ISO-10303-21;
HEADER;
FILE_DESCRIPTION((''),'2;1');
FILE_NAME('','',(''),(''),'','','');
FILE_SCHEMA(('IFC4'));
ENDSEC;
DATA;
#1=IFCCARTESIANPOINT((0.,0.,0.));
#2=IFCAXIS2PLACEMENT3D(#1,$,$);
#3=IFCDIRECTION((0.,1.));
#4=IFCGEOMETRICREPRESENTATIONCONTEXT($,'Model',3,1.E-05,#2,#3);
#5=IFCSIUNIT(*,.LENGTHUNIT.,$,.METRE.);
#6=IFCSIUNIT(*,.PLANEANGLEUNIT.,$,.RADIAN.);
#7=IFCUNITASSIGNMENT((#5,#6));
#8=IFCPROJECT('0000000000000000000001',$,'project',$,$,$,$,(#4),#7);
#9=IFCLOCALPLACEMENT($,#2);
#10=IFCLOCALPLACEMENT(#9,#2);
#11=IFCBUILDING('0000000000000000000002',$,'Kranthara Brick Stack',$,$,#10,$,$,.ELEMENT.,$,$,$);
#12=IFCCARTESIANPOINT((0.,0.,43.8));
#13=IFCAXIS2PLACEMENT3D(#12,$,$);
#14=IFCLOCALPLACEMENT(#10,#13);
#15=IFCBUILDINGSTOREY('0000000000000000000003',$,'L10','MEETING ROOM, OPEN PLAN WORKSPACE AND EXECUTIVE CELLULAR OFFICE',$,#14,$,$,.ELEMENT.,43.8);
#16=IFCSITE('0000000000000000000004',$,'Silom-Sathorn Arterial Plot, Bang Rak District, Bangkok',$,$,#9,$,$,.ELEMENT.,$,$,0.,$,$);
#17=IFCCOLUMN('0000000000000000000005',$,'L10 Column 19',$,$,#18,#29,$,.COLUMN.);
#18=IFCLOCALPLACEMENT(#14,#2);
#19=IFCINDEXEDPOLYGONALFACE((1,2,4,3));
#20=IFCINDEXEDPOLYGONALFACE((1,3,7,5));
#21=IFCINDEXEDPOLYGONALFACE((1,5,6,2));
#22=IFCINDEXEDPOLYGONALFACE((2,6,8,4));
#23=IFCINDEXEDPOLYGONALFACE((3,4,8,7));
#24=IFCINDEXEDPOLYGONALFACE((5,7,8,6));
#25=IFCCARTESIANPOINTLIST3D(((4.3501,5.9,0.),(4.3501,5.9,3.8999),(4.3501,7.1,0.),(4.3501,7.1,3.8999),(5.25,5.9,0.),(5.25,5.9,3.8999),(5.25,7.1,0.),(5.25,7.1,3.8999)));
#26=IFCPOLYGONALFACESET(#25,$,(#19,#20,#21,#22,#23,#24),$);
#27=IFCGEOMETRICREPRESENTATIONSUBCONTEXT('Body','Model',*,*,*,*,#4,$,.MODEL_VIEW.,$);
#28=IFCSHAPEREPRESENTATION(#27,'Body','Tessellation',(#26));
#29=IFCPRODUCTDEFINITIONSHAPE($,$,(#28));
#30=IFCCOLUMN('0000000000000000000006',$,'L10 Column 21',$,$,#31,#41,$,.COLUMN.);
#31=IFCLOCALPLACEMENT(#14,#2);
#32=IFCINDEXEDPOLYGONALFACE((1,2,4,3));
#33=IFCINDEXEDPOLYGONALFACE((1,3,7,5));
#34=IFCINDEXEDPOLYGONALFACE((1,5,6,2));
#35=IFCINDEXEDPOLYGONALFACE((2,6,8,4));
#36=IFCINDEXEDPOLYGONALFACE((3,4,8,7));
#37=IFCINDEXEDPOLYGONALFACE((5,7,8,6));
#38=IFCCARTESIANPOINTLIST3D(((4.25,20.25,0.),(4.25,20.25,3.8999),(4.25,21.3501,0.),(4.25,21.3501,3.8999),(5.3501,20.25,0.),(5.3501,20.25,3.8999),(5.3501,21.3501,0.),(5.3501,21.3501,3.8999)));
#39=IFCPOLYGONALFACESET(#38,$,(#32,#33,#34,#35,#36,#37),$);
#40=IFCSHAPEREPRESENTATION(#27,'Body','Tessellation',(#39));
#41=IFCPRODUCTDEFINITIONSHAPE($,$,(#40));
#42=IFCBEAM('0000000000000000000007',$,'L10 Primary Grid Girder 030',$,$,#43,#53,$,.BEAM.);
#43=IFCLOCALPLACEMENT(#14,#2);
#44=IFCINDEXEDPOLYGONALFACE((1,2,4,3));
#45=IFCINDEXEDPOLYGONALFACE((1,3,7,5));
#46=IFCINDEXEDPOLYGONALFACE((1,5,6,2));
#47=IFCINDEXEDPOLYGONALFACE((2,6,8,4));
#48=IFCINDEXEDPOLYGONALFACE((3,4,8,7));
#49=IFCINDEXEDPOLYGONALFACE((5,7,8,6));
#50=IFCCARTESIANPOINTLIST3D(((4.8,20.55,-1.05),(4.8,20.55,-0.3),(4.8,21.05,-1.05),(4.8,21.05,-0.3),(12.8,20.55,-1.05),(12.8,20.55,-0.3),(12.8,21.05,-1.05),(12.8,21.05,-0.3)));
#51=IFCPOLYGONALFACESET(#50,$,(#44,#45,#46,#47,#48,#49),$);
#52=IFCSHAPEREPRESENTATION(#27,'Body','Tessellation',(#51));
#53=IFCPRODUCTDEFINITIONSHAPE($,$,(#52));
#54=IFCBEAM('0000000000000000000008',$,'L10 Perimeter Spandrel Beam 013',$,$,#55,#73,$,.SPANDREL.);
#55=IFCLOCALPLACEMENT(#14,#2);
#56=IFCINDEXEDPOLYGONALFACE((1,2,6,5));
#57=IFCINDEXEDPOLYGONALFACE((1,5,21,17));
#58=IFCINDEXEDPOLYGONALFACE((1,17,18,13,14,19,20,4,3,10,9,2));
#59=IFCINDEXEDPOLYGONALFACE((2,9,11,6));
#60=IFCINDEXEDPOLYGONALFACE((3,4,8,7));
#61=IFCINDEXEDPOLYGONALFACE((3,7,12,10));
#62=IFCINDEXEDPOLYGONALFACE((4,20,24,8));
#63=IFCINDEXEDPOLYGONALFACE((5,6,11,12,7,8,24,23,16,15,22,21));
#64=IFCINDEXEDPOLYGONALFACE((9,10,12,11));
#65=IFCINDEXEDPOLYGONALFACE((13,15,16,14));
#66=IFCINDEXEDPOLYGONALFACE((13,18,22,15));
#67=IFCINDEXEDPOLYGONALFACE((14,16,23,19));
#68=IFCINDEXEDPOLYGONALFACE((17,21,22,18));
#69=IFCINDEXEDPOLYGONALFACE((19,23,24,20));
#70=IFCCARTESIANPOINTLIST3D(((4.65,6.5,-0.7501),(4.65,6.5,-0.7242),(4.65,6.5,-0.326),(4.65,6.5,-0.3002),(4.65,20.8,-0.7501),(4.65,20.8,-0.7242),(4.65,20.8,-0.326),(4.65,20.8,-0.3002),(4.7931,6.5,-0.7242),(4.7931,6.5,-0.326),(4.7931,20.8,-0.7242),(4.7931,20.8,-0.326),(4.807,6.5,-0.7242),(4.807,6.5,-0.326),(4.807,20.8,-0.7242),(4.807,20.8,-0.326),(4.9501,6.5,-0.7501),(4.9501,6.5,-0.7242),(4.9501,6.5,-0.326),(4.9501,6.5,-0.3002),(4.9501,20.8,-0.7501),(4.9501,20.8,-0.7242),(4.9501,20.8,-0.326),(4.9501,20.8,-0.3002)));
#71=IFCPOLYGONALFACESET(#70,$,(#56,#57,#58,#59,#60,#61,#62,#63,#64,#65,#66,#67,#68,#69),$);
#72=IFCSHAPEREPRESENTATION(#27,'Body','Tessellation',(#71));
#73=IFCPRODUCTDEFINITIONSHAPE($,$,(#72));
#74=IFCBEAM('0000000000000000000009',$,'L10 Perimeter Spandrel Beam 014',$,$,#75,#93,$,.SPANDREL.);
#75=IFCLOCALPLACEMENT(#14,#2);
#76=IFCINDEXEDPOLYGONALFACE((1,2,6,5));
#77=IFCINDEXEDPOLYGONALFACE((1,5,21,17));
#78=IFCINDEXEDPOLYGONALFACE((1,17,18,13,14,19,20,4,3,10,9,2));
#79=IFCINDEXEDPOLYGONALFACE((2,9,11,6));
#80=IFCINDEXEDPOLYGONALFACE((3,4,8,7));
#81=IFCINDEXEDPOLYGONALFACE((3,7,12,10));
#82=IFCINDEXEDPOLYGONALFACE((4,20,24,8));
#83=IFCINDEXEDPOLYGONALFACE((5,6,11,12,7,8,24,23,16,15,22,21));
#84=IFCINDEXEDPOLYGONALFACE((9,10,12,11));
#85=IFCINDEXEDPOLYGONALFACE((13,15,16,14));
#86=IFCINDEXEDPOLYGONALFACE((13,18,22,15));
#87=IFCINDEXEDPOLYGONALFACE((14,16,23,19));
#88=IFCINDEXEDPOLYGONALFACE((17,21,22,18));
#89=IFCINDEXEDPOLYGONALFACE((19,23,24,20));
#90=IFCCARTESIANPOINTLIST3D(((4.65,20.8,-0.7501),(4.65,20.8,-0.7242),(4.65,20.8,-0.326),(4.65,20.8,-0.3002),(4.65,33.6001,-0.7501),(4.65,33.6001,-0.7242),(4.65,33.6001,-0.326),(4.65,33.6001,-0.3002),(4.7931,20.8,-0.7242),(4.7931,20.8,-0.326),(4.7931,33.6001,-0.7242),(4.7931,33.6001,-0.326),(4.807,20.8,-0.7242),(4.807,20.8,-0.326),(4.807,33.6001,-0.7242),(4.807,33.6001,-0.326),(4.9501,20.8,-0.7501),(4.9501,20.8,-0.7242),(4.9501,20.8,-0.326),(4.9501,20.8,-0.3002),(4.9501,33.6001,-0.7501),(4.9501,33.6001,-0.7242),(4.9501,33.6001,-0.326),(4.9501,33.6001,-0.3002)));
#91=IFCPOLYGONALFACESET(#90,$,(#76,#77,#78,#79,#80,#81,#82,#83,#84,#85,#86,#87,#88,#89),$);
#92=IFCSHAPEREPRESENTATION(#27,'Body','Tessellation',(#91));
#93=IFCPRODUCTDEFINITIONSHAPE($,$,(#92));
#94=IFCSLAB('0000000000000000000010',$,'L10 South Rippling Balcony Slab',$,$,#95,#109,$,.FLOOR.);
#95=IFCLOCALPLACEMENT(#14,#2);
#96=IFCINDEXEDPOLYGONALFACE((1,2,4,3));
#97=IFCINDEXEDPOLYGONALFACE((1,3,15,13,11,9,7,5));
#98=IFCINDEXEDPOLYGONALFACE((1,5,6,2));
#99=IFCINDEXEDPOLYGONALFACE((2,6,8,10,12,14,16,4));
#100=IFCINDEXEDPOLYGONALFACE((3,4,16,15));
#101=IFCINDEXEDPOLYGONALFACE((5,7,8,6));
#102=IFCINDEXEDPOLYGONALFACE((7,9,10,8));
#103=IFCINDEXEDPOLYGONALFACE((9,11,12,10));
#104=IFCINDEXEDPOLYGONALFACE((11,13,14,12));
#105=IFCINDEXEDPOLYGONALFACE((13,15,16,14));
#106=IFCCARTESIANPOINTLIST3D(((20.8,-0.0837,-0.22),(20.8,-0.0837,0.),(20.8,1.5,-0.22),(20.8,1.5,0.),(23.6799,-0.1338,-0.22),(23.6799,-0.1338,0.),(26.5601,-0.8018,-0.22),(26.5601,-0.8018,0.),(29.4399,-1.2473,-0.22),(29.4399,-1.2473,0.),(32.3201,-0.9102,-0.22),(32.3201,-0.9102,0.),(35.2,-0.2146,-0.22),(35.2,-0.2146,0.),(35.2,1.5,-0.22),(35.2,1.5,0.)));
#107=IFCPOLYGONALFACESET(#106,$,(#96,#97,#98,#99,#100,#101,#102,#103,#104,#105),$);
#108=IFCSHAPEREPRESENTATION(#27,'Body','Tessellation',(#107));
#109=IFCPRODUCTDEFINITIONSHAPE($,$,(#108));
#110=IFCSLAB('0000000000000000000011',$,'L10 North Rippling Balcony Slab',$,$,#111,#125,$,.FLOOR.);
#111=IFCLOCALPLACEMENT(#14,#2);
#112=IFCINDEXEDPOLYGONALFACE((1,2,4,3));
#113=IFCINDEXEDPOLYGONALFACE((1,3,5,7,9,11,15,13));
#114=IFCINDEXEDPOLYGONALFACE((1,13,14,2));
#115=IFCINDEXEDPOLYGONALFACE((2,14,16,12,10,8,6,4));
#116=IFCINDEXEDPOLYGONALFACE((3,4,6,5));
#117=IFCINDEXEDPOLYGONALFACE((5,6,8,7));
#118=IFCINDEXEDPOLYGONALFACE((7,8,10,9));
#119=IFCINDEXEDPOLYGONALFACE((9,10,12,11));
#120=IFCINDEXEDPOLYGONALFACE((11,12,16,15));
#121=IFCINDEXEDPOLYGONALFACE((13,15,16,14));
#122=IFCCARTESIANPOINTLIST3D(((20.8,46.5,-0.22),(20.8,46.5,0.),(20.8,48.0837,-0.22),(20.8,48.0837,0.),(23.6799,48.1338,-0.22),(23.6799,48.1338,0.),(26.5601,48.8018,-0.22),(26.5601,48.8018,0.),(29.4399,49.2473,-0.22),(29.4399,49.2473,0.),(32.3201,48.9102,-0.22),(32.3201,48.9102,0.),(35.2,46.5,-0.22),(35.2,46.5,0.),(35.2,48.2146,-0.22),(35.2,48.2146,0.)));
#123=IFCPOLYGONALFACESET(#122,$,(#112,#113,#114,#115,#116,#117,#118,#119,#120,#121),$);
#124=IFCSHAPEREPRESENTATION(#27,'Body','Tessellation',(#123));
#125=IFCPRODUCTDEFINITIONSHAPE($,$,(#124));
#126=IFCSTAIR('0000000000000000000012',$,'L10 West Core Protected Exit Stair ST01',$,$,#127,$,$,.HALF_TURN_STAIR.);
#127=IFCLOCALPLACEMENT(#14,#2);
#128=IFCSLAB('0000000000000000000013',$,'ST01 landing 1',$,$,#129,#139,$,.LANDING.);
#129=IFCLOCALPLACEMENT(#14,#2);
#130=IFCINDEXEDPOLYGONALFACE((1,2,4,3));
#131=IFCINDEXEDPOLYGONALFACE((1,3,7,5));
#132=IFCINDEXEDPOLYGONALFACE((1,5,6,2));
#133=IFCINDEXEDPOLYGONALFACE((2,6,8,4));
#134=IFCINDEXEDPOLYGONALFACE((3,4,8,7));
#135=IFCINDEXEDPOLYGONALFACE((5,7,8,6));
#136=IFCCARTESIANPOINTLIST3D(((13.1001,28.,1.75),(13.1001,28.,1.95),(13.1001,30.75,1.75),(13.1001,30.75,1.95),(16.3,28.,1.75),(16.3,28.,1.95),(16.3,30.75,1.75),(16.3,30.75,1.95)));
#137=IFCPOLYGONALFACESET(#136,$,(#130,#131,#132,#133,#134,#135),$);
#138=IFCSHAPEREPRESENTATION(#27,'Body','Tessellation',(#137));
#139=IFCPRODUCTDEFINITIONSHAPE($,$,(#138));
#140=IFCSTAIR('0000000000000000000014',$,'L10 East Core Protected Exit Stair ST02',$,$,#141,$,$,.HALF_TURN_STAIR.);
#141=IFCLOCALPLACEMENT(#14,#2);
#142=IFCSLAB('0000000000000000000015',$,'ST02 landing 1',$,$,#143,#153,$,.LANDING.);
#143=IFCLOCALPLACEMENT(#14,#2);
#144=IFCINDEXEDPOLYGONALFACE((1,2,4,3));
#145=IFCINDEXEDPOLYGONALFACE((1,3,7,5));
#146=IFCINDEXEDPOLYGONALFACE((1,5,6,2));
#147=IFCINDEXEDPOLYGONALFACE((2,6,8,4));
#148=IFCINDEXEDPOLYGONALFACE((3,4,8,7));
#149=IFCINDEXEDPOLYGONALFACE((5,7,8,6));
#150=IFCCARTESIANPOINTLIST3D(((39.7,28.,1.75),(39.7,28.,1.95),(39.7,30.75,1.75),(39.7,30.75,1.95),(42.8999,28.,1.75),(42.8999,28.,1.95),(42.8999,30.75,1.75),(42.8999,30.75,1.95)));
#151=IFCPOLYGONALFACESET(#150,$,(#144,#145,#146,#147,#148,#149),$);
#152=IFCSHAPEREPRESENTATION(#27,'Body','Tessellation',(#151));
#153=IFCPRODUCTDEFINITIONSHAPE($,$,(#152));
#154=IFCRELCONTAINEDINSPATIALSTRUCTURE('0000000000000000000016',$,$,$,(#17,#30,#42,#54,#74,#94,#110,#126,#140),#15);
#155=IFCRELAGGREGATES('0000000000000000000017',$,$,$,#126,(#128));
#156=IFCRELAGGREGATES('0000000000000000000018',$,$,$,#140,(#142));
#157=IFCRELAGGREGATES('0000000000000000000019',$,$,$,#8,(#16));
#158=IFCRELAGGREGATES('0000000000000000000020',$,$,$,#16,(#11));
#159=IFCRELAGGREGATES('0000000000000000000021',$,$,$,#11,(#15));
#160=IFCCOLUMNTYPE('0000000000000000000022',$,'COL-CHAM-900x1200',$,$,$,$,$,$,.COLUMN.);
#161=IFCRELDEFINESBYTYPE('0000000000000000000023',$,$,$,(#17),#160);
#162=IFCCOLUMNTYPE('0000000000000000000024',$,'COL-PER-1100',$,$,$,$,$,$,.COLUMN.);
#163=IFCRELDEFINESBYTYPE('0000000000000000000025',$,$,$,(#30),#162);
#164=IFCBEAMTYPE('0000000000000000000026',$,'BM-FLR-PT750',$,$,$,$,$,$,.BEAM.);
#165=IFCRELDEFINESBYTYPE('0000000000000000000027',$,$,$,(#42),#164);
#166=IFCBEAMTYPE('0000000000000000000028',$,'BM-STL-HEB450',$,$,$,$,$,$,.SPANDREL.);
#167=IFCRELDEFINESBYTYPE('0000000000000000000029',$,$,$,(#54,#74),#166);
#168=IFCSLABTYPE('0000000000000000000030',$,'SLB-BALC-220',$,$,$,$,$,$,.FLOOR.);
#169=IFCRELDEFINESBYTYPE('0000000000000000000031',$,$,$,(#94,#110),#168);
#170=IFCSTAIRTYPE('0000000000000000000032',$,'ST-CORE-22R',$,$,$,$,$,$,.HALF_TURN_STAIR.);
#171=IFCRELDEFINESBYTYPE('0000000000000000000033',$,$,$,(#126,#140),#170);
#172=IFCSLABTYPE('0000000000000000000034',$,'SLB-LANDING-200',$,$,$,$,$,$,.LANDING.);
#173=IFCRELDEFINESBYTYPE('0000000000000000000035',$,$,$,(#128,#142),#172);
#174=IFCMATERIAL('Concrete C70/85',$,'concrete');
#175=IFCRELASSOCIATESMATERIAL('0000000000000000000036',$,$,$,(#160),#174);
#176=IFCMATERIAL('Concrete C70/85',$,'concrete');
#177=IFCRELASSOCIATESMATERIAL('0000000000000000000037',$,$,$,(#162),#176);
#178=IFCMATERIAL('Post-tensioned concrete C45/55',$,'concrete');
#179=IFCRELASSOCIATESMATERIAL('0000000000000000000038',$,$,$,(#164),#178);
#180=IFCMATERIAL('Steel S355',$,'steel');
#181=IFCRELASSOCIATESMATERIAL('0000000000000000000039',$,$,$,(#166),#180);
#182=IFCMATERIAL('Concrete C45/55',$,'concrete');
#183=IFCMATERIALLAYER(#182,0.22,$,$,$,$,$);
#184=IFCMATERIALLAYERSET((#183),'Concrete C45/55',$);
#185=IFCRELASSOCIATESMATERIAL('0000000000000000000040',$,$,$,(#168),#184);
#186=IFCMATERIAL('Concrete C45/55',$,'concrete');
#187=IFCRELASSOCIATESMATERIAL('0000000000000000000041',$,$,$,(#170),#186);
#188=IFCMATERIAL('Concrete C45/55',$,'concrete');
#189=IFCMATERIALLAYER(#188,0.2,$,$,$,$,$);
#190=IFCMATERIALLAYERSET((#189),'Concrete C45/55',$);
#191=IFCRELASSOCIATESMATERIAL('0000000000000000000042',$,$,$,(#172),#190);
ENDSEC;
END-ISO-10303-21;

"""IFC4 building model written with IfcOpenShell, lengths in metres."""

from ifc_helpers import new_model, si_unit, direction, frame, origin, origin_2d, place, context, subcontext, project, spatial, polyline, rectangle, i_section, outline, extrude, material, layer, layer_set, material_profile, profile_set, type_object, element, aggregate, save


model = new_model("IFC4")

# Units and contexts
model_context = context("Model", 3, precision=1e-05, world=origin(), true_north=direction((0.0, 1.0)))
body_context = subcontext(model_context, "Body", "Model", "MODEL_VIEW")
ifc_project = project(units=[si_unit("LENGTHUNIT", "METRE"), si_unit("PLANEANGLEUNIT", "RADIAN")], contexts=[model_context])

# Site, building, storey
site_placement = place(None, origin())
site = spatial("IfcSite", under=ifc_project, at=site_placement, Name="Silom-Sathorn Arterial Plot, Bang Rak District, Bangkok", CompositionType="ELEMENT", RefElevation=0.0)
building_placement = place(site_placement, origin())
building = spatial("IfcBuilding", under=site, at=building_placement, Name="Kranthara Brick Stack", CompositionType="ELEMENT")
storey_placement = place(building_placement, frame((0.0, 0.0, 43.8)))
storey = spatial("IfcBuildingStorey", under=building, at=storey_placement, Name="L10", Description="MEETING ROOM, OPEN PLAN WORKSPACE AND EXECUTIVE CELLULAR OFFICE", CompositionType="ELEMENT", Elevation=43.8)

# Columns
ifc_material_1 = material(Name="Concrete C70/85", Category="concrete")
ifc_material_profile_1 = material_profile(ifc_material_1, rectangle(XDim=0.8999, YDim=1.2, at=origin_2d()), Name="RC 900x1200")
ifc_profile_set_1 = profile_set([ifc_material_profile_1], Name="Concrete C70/85")
column_type_1 = type_object("IfcColumnType", Name="COL-CHAM-900x1200", PredefinedType="COLUMN", material=ifc_profile_set_1)
column_1_placement = place(storey_placement, frame((4.8, 6.5, 0.0), z_axis=(0.0, 0.0, 1.0), x_axis=(1.0, 0.0, 0.0)))
element("IfcColumn", 1, at=column_1_placement, inside=storey, type_object=column_type_1, Name="L10 Column 19", PredefinedType="COLUMN", context=body_context, shape_type="SweptSolid", body=[
    extrude(rectangle(XDim=0.8999, YDim=1.2, at=origin_2d()), origin(), (0.0, 0.0, 1.0), 3.8999),
])
ifc_material_2 = material(Name="Concrete C70/85", Category="concrete")
ifc_material_profile_2 = material_profile(ifc_material_2, rectangle(XDim=1.1001, YDim=1.1001, at=origin_2d()), Name="RC 1100x1100")
ifc_profile_set_2 = profile_set([ifc_material_profile_2], Name="Concrete C70/85")
column_type_2 = type_object("IfcColumnType", Name="COL-PER-1100", PredefinedType="COLUMN", material=ifc_profile_set_2)
column_2_placement = place(storey_placement, frame((4.8, 20.8, 0.0), z_axis=(0.0, 0.0, 1.0), x_axis=(1.0, 0.0, 0.0)))
element("IfcColumn", 2, at=column_2_placement, inside=storey, type_object=column_type_2, Name="L10 Column 21", PredefinedType="COLUMN", context=body_context, shape_type="SweptSolid", body=[
    extrude(rectangle(XDim=1.1001, YDim=1.1001, at=origin_2d()), origin(), (0.0, 0.0, 1.0), 3.8999),
])

# Beams
ifc_material_3 = material(Name="Post-tensioned concrete C45/55", Category="concrete")
ifc_material_profile_3 = material_profile(ifc_material_3, rectangle(XDim=0.5, YDim=0.75, at=origin_2d()), Name="PT 500x750")
ifc_profile_set_3 = profile_set([ifc_material_profile_3], Name="Post-tensioned concrete C45/55")
beam_type_1 = type_object("IfcBeamType", Name="BM-FLR-PT750", PredefinedType="BEAM", material=ifc_profile_set_3)
beam_1_placement = place(storey_placement, frame((4.8, 20.8, -0.675), z_axis=(1.0, 0.0, 0.0), x_axis=(0.0, 1.0, 0.0)))
element("IfcBeam", 3, at=beam_1_placement, inside=storey, type_object=beam_type_1, Name="L10 Primary Grid Girder 030", PredefinedType="BEAM", context=body_context, shape_type="SweptSolid", body=[
    extrude(rectangle(XDim=0.5, YDim=0.75, at=origin_2d()), origin(), (0.0, 0.0, 1.0), 8.0),
])
ifc_material_4 = material(Name="Steel S355", Category="steel")
ifc_material_profile_4 = material_profile(ifc_material_4, i_section(OverallWidth=0.3, OverallDepth=0.45, WebThickness=0.0139, FlangeThickness=0.0259, at=origin_2d()), Name="HEB 450")
ifc_profile_set_4 = profile_set([ifc_material_profile_4], Name="Steel S355")
beam_type_2 = type_object("IfcBeamType", Name="BM-STL-HEB450", PredefinedType="SPANDREL", material=ifc_profile_set_4)
beam_2_placement = place(storey_placement, frame((4.8, 6.5, -0.5251), z_axis=(0.0, 1.0, 0.0), x_axis=(-1.0, 0.0, 0.0)))
element("IfcBeam", 4, at=beam_2_placement, inside=storey, type_object=beam_type_2, Name="L10 Perimeter Spandrel Beam 013", PredefinedType="SPANDREL", context=body_context, shape_type="SweptSolid", body=[
    extrude(i_section(OverallWidth=0.3, OverallDepth=0.45, WebThickness=0.0139, FlangeThickness=0.0259, at=origin_2d()), origin(), (0.0, 0.0, 1.0), 14.3),
])
beam_3_placement = place(storey_placement, frame((4.8, 20.8, -0.5251), z_axis=(0.0, 1.0, 0.0), x_axis=(-1.0, 0.0, 0.0)))
element("IfcBeam", 5, at=beam_3_placement, inside=storey, type_object=beam_type_2, Name="L10 Perimeter Spandrel Beam 014", PredefinedType="SPANDREL", context=body_context, shape_type="SweptSolid", body=[
    extrude(i_section(OverallWidth=0.3, OverallDepth=0.45, WebThickness=0.0139, FlangeThickness=0.0259, at=origin_2d()), origin(), (0.0, 0.0, 1.0), 12.8),
])

# Slabs
ifc_material_5 = material(Name="Concrete C45/55", Category="concrete")
ifc_layer_1 = layer(ifc_material_5, 0.22)
ifc_layer_set_1 = layer_set([ifc_layer_1], Name="Concrete C45/55")
slab_type_1 = type_object("IfcSlabType", Name="SLB-BALC-220", PredefinedType="FLOOR", material=ifc_layer_set_1)
slab_1_placement = place(storey_placement, frame((0.0, 0.0, -0.22)))
element("IfcSlab", 6, at=slab_1_placement, inside=storey, type_object=slab_type_1, Name="L10 South Rippling Balcony Slab", PredefinedType="FLOOR", context=body_context, shape_type="SweptSolid", body=[
    extrude(outline(polyline([(20.8, 1.5), (35.2, 1.5), (35.2, -0.2146), (32.3201, -0.9102), (29.4399, -1.2473), (26.5601, -0.8018), (23.6799, -0.1338), (20.8, -0.0837), (20.8, 1.5)])), origin(), (0.0, 0.0, 1.0), 0.22),
])
slab_2_placement = place(storey_placement, frame((0.0, 0.0, -0.22)))
element("IfcSlab", 7, at=slab_2_placement, inside=storey, type_object=slab_type_1, Name="L10 North Rippling Balcony Slab", PredefinedType="FLOOR", context=body_context, shape_type="SweptSolid", body=[
    extrude(outline(polyline([(35.2, 46.5), (20.8, 46.5), (20.8, 48.0837), (23.6799, 48.1338), (26.5601, 48.8018), (29.4399, 49.2473), (32.3201, 48.9102), (35.2, 48.2146), (35.2, 46.5)])), origin(), (0.0, 0.0, 1.0), 0.22),
])

# Stairs, slabs
ifc_material_6 = material(Name="Concrete C45/55", Category="concrete")
stair_type = type_object("IfcStairType", Name="ST-CORE-22R", PredefinedType="HALF_TURN_STAIR", material=ifc_material_6)
stair_1_placement = place(storey_placement, origin())
stair_1 = element("IfcStair", 8, at=stair_1_placement, inside=storey, type_object=stair_type, Name="L10 West Core Protected Exit Stair ST01", PredefinedType="HALF_TURN_STAIR")
ifc_material_7 = material(Name="Concrete C45/55", Category="concrete")
ifc_layer_2 = layer(ifc_material_7, 0.2)
ifc_layer_set_2 = layer_set([ifc_layer_2], Name="Concrete C45/55")
slab_type_2 = type_object("IfcSlabType", Name="SLB-LANDING-200", PredefinedType="LANDING", material=ifc_layer_set_2)
slab_3_placement = place(storey_placement, frame((0.0, 0.0, 1.75)))
slab_3 = element("IfcSlab", 9, at=slab_3_placement, type_object=slab_type_2, Name="ST01 landing 1", PredefinedType="LANDING", context=body_context, shape_type="SweptSolid", body=[
    extrude(outline(polyline([(16.3, 28.0), (16.3, 30.75), (13.1001, 30.75), (13.1001, 28.0), (16.3, 28.0)])), origin(), (0.0, 0.0, 1.0), 0.2),
])
aggregate(stair_1, [slab_3])
stair_2_placement = place(storey_placement, origin())
stair_2 = element("IfcStair", 10, at=stair_2_placement, inside=storey, type_object=stair_type, Name="L10 East Core Protected Exit Stair ST02", PredefinedType="HALF_TURN_STAIR")
slab_4_placement = place(storey_placement, frame((0.0, 0.0, 1.75)))
slab_4 = element("IfcSlab", 11, at=slab_4_placement, type_object=slab_type_2, Name="ST02 landing 1", PredefinedType="LANDING", context=body_context, shape_type="SweptSolid", body=[
    extrude(outline(polyline([(42.8999, 28.0), (42.8999, 30.75), (39.7, 30.75), (39.7, 28.0), (42.8999, 28.0)])), origin(), (0.0, 0.0, 1.0), 0.2),
])
aggregate(stair_2, [slab_4])

save(model, "model.ifc")
